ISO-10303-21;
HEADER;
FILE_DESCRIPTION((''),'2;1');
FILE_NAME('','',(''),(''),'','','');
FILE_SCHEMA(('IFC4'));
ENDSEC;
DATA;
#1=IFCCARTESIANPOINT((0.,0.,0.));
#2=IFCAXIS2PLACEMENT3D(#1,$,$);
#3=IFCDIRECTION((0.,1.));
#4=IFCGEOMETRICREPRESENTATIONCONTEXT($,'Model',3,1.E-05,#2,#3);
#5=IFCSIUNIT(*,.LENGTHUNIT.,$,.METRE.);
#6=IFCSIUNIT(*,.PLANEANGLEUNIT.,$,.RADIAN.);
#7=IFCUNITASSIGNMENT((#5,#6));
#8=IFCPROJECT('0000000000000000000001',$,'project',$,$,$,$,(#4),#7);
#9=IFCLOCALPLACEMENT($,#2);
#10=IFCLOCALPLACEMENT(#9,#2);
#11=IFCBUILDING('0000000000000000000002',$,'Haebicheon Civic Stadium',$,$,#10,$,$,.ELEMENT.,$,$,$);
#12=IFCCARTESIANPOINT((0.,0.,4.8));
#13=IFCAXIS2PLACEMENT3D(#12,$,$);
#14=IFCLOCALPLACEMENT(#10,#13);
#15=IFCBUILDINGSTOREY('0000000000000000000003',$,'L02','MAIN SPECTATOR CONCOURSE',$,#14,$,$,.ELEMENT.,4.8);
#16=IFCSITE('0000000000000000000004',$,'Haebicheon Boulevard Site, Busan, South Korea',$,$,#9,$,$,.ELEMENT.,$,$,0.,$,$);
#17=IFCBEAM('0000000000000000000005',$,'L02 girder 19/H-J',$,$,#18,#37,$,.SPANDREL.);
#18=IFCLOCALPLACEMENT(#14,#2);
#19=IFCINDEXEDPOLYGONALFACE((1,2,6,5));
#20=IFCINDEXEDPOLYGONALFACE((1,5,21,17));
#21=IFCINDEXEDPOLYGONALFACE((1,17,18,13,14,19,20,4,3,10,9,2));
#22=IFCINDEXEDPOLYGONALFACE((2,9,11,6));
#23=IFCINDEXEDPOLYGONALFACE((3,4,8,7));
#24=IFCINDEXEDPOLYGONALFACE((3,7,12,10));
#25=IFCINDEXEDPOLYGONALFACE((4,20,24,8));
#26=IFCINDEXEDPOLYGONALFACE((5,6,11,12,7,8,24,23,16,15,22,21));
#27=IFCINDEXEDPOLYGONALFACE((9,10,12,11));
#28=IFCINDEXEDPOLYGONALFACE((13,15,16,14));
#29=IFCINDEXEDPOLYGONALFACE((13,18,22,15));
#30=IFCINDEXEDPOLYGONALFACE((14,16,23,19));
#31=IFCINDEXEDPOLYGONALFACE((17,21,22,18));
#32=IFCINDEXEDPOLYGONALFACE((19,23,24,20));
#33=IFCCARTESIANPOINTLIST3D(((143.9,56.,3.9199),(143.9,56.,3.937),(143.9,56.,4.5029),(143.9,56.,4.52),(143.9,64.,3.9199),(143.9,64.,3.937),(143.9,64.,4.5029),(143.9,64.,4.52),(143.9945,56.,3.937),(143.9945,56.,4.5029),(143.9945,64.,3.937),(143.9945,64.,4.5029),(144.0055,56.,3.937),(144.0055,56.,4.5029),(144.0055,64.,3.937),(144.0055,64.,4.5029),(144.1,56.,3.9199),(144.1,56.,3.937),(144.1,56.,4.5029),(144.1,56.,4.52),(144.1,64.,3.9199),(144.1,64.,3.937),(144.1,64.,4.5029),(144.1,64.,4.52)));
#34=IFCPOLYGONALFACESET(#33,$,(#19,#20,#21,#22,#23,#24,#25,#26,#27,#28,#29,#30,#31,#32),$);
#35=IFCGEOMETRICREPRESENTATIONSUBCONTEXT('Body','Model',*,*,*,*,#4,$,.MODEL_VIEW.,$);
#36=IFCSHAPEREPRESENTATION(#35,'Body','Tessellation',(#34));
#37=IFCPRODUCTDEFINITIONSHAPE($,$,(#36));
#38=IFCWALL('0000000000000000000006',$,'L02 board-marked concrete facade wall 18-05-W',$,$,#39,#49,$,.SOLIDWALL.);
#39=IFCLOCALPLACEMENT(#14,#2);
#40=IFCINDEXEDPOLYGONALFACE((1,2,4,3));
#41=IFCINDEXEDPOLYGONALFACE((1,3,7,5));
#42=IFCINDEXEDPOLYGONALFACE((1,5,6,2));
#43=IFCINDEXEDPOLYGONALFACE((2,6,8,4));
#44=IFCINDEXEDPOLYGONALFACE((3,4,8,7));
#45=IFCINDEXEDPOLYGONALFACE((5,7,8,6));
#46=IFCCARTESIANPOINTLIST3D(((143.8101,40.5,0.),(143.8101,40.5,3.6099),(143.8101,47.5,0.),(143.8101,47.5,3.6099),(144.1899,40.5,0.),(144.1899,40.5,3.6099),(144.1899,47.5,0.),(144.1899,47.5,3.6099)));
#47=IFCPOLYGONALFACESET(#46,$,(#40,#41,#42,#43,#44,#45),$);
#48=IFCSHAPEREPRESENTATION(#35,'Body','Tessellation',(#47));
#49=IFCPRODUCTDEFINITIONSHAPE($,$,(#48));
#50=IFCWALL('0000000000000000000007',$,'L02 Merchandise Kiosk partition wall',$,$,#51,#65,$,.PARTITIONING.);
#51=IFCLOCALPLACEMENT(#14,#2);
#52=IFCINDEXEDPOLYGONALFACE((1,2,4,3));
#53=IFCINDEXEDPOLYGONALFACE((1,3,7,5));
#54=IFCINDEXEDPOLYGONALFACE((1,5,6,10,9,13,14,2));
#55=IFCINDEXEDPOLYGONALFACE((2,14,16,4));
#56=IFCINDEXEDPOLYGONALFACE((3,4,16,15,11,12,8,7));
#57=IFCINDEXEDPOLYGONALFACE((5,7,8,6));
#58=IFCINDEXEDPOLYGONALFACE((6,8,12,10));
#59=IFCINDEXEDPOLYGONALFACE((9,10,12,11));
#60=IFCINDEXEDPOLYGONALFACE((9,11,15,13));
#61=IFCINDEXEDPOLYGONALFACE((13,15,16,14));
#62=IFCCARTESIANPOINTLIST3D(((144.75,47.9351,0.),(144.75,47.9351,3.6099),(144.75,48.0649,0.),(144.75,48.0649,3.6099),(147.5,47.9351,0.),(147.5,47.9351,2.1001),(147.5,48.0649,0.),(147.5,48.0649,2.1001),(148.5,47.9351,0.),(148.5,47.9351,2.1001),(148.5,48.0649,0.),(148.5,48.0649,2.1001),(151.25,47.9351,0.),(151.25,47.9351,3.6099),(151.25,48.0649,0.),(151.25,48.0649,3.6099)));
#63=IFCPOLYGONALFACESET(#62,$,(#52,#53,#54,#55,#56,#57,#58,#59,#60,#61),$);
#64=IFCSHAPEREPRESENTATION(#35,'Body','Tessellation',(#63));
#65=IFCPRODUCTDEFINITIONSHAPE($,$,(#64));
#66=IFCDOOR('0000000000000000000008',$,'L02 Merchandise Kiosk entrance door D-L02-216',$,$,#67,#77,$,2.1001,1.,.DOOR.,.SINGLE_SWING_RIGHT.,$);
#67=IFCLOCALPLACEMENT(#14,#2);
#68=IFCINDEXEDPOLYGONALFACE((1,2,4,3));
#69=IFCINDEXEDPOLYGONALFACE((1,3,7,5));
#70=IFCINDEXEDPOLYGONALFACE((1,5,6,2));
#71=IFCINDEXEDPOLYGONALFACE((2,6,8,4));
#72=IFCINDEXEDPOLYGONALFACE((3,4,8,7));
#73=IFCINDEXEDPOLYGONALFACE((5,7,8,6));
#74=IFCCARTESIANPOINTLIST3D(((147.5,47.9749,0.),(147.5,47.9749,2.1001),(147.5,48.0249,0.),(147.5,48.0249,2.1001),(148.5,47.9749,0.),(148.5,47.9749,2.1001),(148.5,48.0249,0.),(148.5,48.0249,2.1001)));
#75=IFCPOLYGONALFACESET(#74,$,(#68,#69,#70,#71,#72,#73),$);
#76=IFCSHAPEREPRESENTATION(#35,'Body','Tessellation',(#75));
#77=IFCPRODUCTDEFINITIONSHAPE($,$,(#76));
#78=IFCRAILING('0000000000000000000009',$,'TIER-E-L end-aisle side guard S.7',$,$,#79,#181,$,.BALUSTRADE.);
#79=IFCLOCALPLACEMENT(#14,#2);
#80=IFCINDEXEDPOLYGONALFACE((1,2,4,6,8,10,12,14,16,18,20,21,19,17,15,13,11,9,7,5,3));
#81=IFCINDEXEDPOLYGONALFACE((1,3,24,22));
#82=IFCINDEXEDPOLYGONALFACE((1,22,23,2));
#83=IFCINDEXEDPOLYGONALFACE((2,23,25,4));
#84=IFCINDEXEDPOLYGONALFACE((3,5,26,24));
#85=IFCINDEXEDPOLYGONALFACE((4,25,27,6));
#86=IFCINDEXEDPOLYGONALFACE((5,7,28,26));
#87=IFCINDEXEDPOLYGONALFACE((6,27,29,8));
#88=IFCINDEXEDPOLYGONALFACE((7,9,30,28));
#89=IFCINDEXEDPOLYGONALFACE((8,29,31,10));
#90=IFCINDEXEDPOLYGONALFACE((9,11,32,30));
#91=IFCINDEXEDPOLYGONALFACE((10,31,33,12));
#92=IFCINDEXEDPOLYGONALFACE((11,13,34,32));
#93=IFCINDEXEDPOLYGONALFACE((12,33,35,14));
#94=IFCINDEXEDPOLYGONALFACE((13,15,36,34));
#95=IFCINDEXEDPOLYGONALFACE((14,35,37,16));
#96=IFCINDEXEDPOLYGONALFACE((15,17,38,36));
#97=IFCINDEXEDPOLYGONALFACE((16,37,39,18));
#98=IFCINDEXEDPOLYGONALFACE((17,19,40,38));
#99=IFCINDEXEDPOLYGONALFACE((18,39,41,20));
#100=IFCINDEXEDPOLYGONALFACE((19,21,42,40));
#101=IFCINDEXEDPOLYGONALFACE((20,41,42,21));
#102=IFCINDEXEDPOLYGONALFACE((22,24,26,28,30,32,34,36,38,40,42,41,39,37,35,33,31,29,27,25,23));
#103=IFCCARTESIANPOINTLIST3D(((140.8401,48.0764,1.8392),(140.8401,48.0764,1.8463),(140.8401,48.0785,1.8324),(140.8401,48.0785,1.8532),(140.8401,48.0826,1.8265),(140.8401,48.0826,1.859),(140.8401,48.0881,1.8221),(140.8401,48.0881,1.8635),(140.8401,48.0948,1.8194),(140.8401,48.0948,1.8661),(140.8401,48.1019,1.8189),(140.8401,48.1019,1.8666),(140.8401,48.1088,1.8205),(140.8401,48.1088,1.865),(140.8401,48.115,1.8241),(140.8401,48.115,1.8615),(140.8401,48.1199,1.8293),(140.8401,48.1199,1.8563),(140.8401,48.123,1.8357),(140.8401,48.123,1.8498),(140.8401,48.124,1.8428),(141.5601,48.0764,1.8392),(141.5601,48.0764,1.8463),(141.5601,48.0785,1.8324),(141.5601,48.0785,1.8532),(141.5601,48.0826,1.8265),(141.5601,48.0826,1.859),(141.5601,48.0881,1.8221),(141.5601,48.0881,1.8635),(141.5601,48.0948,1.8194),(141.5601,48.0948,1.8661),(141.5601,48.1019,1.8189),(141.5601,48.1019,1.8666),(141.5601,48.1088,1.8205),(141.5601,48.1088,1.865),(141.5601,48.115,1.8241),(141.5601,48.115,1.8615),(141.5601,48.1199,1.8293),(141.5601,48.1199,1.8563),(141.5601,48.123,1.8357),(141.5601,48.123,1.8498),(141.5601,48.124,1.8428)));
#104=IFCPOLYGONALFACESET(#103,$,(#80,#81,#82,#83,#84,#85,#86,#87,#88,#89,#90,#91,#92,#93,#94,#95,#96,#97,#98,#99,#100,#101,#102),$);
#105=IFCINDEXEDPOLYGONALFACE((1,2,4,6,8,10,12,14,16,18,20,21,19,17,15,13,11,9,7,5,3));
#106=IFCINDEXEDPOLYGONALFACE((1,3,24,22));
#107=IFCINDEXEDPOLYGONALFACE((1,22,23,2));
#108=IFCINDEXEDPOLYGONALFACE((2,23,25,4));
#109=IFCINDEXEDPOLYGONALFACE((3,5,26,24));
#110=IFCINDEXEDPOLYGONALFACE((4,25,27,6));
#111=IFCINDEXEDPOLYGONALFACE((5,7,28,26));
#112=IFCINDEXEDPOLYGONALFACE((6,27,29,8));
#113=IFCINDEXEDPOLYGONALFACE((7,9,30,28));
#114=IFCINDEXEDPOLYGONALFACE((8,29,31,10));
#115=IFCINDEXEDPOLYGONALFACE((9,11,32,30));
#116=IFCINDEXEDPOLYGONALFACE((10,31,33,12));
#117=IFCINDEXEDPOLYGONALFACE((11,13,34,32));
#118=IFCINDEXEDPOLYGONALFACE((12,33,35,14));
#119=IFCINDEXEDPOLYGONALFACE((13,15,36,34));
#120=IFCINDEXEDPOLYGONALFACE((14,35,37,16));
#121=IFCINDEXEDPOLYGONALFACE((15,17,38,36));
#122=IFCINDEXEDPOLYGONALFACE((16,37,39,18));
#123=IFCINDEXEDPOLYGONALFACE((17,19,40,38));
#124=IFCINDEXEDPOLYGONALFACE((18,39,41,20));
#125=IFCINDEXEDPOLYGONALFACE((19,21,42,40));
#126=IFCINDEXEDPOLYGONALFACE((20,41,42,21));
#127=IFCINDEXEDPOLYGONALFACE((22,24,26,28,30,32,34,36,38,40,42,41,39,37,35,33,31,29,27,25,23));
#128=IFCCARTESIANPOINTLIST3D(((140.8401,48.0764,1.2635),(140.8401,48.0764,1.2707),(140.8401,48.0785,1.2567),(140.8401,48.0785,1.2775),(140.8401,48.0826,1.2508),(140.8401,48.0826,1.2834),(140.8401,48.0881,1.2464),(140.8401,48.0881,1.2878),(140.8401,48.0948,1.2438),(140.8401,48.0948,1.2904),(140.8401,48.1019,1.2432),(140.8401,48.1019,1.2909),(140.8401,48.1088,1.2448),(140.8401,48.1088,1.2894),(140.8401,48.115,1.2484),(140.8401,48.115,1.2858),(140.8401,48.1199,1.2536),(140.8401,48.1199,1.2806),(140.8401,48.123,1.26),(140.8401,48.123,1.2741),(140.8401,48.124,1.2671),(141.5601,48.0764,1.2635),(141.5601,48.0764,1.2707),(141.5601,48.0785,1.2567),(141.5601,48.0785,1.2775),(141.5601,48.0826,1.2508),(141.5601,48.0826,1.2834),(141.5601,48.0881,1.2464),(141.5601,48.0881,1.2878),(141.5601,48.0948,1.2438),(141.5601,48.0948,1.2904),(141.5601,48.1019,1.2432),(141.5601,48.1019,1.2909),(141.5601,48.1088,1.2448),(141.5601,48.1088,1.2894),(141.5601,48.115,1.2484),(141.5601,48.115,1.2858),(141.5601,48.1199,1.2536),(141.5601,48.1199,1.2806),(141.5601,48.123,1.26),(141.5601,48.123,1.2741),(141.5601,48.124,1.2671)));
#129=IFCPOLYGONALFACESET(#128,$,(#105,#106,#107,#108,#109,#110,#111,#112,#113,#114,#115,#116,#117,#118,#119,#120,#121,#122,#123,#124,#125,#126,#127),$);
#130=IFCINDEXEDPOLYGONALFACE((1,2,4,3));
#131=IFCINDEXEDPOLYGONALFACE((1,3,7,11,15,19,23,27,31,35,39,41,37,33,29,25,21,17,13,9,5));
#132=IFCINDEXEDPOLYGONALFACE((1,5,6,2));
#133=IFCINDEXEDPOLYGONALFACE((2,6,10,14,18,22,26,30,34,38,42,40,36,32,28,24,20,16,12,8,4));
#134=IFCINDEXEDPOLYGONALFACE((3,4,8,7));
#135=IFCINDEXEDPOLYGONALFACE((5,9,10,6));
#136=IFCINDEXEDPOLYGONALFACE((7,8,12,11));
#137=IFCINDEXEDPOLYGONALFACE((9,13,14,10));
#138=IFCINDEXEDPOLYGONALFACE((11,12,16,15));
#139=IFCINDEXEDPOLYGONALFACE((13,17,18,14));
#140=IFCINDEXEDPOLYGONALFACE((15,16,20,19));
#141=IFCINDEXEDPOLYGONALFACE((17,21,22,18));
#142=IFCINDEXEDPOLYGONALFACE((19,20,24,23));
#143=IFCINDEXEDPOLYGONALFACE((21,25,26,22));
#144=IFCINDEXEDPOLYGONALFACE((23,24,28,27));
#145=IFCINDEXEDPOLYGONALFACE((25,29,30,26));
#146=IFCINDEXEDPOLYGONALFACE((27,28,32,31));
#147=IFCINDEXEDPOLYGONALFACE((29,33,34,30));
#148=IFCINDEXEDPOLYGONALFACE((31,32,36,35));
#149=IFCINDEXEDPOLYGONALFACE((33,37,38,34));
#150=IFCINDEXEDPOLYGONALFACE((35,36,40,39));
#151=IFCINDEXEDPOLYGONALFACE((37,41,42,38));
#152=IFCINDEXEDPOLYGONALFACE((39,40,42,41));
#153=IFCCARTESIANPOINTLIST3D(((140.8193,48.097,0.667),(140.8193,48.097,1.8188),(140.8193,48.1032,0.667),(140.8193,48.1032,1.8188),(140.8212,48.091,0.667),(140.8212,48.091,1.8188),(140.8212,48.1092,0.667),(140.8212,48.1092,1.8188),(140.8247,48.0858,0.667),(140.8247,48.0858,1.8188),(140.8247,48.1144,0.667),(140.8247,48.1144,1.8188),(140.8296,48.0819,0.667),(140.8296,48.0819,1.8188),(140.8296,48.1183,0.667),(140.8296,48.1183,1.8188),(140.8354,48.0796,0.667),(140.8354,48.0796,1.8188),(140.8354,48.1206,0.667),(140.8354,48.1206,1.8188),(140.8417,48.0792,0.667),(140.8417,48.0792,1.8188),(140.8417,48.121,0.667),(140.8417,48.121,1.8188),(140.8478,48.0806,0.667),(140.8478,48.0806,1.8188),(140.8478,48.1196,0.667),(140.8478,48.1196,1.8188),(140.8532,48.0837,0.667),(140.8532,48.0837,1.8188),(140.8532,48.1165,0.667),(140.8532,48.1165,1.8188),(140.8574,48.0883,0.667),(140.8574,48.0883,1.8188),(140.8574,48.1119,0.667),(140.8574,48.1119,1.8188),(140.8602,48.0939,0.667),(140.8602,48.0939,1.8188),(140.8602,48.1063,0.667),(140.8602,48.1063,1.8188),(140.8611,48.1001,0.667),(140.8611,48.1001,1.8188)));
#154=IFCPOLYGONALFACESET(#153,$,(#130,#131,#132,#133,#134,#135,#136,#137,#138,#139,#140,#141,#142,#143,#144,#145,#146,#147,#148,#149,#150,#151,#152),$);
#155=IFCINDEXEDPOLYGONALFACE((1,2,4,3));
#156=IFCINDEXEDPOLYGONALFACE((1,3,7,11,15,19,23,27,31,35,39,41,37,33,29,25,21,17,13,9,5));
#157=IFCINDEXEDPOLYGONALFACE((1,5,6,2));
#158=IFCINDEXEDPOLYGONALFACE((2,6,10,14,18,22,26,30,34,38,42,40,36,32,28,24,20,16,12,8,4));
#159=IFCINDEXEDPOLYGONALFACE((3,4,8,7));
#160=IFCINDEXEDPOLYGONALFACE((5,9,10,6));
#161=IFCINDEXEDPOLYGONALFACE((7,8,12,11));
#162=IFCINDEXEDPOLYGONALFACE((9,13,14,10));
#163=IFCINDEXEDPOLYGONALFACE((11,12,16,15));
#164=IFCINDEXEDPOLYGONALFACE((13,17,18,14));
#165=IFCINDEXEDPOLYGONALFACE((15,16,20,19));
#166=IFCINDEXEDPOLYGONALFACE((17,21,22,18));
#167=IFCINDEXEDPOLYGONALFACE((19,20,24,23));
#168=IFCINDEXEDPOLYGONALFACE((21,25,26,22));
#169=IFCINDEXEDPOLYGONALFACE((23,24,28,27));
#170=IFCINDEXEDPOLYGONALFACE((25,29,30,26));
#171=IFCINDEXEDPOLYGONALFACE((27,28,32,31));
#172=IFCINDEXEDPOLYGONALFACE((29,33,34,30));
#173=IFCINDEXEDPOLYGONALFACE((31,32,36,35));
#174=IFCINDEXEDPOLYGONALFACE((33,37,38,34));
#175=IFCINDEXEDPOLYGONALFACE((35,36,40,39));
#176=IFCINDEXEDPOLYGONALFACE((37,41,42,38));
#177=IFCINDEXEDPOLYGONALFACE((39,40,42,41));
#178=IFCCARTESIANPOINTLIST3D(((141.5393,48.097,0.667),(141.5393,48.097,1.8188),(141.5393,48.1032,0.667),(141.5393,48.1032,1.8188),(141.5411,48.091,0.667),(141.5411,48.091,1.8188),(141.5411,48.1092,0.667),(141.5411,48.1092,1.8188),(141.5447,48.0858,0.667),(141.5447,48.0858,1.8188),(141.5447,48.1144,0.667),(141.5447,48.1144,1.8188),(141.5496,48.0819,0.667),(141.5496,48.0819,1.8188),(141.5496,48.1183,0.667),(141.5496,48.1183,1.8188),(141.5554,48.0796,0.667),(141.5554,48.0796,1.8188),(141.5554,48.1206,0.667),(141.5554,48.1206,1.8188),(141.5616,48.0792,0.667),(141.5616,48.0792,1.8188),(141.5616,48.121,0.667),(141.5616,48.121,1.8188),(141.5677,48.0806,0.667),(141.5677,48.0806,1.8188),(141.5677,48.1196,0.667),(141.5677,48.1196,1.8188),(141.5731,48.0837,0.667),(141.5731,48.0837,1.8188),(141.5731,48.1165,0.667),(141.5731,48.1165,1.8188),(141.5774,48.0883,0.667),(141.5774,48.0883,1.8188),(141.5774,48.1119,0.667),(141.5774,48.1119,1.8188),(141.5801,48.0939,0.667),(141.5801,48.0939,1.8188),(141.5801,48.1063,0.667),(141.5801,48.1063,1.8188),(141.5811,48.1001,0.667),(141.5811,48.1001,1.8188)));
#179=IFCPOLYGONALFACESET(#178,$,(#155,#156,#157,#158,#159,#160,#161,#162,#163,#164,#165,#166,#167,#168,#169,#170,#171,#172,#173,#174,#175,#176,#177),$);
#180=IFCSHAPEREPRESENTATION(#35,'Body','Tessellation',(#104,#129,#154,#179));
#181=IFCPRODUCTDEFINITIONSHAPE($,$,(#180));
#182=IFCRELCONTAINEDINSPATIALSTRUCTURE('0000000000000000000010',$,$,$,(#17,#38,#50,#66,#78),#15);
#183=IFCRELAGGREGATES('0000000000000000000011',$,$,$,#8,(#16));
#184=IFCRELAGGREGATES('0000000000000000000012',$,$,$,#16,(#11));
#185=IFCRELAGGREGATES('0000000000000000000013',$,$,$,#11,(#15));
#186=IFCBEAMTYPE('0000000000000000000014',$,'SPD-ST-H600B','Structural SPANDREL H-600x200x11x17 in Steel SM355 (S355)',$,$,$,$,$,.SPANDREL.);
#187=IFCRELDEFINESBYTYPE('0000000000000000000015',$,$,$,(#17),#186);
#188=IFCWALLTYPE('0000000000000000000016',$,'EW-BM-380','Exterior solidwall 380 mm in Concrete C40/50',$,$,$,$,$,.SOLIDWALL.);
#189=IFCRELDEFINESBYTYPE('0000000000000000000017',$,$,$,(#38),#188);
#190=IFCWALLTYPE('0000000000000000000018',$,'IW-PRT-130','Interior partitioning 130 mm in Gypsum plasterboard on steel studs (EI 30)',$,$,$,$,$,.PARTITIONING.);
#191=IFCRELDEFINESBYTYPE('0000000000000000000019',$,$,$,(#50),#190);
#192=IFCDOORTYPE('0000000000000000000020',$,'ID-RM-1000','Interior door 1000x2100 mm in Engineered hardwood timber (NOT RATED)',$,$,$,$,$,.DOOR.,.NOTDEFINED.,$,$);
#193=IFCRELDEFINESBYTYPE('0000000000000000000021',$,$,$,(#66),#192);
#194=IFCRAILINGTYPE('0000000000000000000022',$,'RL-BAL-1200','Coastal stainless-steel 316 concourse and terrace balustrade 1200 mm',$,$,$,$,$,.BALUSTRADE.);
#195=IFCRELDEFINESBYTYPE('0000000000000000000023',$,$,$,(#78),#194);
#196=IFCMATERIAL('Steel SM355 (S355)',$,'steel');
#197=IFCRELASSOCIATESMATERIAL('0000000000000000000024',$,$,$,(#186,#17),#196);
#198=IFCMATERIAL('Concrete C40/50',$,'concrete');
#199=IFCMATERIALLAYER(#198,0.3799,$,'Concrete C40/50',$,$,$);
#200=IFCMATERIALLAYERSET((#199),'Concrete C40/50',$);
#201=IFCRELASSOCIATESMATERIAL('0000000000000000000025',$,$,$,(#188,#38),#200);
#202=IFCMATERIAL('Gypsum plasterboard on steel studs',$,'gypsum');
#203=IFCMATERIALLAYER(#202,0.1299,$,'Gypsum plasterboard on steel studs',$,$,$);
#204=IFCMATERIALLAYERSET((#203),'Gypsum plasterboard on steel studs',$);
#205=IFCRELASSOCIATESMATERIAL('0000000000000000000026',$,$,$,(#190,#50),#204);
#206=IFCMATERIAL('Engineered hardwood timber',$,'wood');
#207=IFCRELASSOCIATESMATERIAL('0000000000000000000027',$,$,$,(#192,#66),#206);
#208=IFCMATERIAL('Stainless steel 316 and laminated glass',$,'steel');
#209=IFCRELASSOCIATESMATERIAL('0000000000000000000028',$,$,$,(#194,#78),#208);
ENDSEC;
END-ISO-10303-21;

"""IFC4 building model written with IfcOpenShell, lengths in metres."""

from ifc_helpers import new_model, si_unit, direction, frame, frame_2d, origin, origin_2d, place, context, subcontext, project, spatial, rectangle, circle, i_section, extrude, material, layer, layer_set, material_profile, profile_set, type_object, element, fill, save


model = new_model("IFC4")

# Units and contexts
model_context = context("Model", 3, precision=1e-05, world=origin(), true_north=direction((0.0, 1.0)))
body_context = subcontext(model_context, "Body", "Model", "MODEL_VIEW")
ifc_project = project(units=[si_unit("LENGTHUNIT", "METRE"), si_unit("PLANEANGLEUNIT", "RADIAN")], contexts=[model_context])

# Site, building, storey
site_placement = place(None, origin())
site = spatial("IfcSite", under=ifc_project, at=site_placement, Name="Haebicheon Boulevard Site, Busan, South Korea", CompositionType="ELEMENT", RefElevation=0.0)
building_placement = place(site_placement, origin())
building = spatial("IfcBuilding", under=site, at=building_placement, Name="Haebicheon Civic Stadium", CompositionType="ELEMENT")
storey_placement = place(building_placement, frame((0.0, 0.0, 4.8)))
storey = spatial("IfcBuildingStorey", under=building, at=storey_placement, Name="L02", Description="MAIN SPECTATOR CONCOURSE", CompositionType="ELEMENT", Elevation=4.8)

# Beam
ifc_material_1 = material(Name="Steel SM355 (S355)", Category="steel")
ifc_material_profile_1 = material_profile(ifc_material_1, i_section(OverallWidth=0.2, OverallDepth=0.6001, WebThickness=0.011, FlangeThickness=0.0171, at=origin_2d()), Name="H-600x200x11x17")
ifc_profile_set_1 = profile_set([ifc_material_profile_1], Name="Steel SM355 (S355)")
beam_type_1 = type_object("IfcBeamType", Name="SPD-ST-H600B", Description="Structural SPANDREL H-600x200x11x17 in Steel SM355 (S355)", PredefinedType="SPANDREL", material=ifc_profile_set_1)
for number, where, z_axis, x_axis, name in (
    (1, (144.0, 56.0, 4.22), (0.0, 1.0, 0.0), (-1.0, 0.0, 0.0), "L02 girder 19/H-J"),
):
    element("IfcBeam", number, at=place(storey_placement, frame(where, z_axis=z_axis, x_axis=x_axis)), inside=storey, type_object=beam_type_1, material=ifc_profile_set_1, Name=name, PredefinedType="SPANDREL", context=body_context, shape_type="SweptSolid", body=[
        extrude(i_section(OverallWidth=0.2, OverallDepth=0.6001, WebThickness=0.011, FlangeThickness=0.0171, at=origin_2d()), origin(), (0.0, 0.0, 1.0), 8.0),
    ])

# Wall
ifc_material_2 = material(Name="Concrete C40/50", Category="concrete")
ifc_layer_1 = layer(ifc_material_2, 0.3799, Name="Concrete C40/50")
ifc_layer_set_1 = layer_set([ifc_layer_1], Name="Concrete C40/50")
wall_type_1 = type_object("IfcWallType", Name="EW-BM-380", Description="Exterior solidwall 380 mm in Concrete C40/50", PredefinedType="SOLIDWALL", material=ifc_layer_set_1)
wall_1_placement = place(storey_placement, frame((144.0, 40.5, 0.0), z_axis=(0.0, 0.0, 1.0), x_axis=(0.0, 1.0, 0.0)))
element("IfcWall", 2, at=wall_1_placement, inside=storey, type_object=wall_type_1, material=ifc_layer_set_1, Name="L02 board-marked concrete facade wall 18-05-W", PredefinedType="SOLIDWALL", context=body_context, shape_type="SweptSolid", body=[
    extrude(rectangle(XDim=7.0, YDim=0.3799, at=frame_2d((3.5, 0.0))), origin(), (0.0, 0.0, 1.0), 3.6099),
])

# Wall, opening, door
ifc_material_3 = material(Name="Gypsum plasterboard on steel studs", Category="gypsum")
ifc_layer_2 = layer(ifc_material_3, 0.1299, Name="Gypsum plasterboard on steel studs")
ifc_layer_set_2 = layer_set([ifc_layer_2], Name="Gypsum plasterboard on steel studs")
wall_type_2 = type_object("IfcWallType", Name="IW-PRT-130", Description="Interior partitioning 130 mm in Gypsum plasterboard on steel studs (EI 30)", PredefinedType="PARTITIONING", material=ifc_layer_set_2)
wall_2_placement = place(storey_placement, frame((144.75, 48.0, 0.0), z_axis=(0.0, 0.0, 1.0), x_axis=(1.0, 0.0, 0.0)))
wall_2 = element("IfcWall", 3, at=wall_2_placement, inside=storey, type_object=wall_type_2, material=ifc_layer_set_2, Name="L02 Merchandise Kiosk partition wall", PredefinedType="PARTITIONING", context=body_context, shape_type="SweptSolid", body=[
    extrude(rectangle(XDim=6.5, YDim=0.1299, at=frame_2d((3.25, 0.0))), origin(), (0.0, 0.0, 1.0), 3.6099),
])
opening_placement = place(wall_2_placement, frame((2.75, 0.0, 0.0)))
opening = element("IfcOpeningElement", 4, at=opening_placement, cuts=wall_2, PredefinedType="OPENING", context=body_context, shape_type="SweptSolid", body=[
    extrude(rectangle(XDim=1.0, YDim=2.1001, at=frame_2d((0.5, 1.05))), frame((0.0, 0.075, 0.0), z_axis=(0.0, -1.0, 0.0), x_axis=(1.0, 0.0, 0.0)), (0.0, 0.0, 1.0), 0.1499),
])
ifc_material_4 = material(Name="Engineered hardwood timber", Category="wood")
door_type = type_object("IfcDoorType", Name="ID-RM-1000", Description="Interior door 1000x2100 mm in Engineered hardwood timber (NOT RATED)", OperationType="NOTDEFINED", PredefinedType="DOOR", material=ifc_material_4)
door_placement = place(opening_placement, origin())
door = element("IfcDoor", 5, at=door_placement, inside=storey, type_object=door_type, material=ifc_material_4, Name="L02 Merchandise Kiosk entrance door D-L02-216", OperationType="SINGLE_SWING_RIGHT", OverallHeight=2.1001, OverallWidth=1.0, PredefinedType="DOOR", context=body_context, shape_type="SweptSolid", body=[
    extrude(rectangle(XDim=1.0, YDim=2.1001, at=frame_2d((0.5, 1.05))), frame((0.0, 0.0249, 0.0), z_axis=(0.0, -1.0, 0.0), x_axis=(1.0, 0.0, 0.0)), (0.0, 0.0, 1.0), 0.05),
])
fill(opening, door)

# Railing
ifc_material_5 = material(Name="Stainless steel 316 and laminated glass", Category="steel")
railing_type = type_object("IfcRailingType", Name="RL-BAL-1200", Description="Coastal stainless-steel 316 concourse and terrace balustrade 1200 mm", PredefinedType="BALUSTRADE", material=ifc_material_5)
railing_1_placement = place(storey_placement, frame((140.8401, 48.1001, 0.667)))
element("IfcRailing", 6, at=railing_1_placement, inside=storey, type_object=railing_type, material=ifc_material_5, Name="TIER-E-L end-aisle side guard S.7", PredefinedType="BALUSTRADE", context=body_context, shape_type="SweptSolid", body=[
    extrude(circle(Radius=0.0239, at=origin_2d()), frame((0.0, 0.0, 1.1758), z_axis=(1.0, 0.0, 0.0), x_axis=(0.0, 1.0, 0.0)), (0.0, 0.0, 1.0), 0.72),
    extrude(circle(Radius=0.0239, at=origin_2d()), frame((0.0, 0.0, 0.6001), z_axis=(1.0, 0.0, 0.0), x_axis=(0.0, 1.0, 0.0)), (0.0, 0.0, 1.0), 0.72),
    extrude(circle(Radius=0.021, at=origin_2d()), origin(), (0.0, 0.0, 1.0), 1.1519),
    extrude(circle(Radius=0.021, at=origin_2d()), frame((0.72, 0.0, 0.0)), (0.0, 0.0, 1.0), 1.1519),
])

save(model, "model.ifc")
